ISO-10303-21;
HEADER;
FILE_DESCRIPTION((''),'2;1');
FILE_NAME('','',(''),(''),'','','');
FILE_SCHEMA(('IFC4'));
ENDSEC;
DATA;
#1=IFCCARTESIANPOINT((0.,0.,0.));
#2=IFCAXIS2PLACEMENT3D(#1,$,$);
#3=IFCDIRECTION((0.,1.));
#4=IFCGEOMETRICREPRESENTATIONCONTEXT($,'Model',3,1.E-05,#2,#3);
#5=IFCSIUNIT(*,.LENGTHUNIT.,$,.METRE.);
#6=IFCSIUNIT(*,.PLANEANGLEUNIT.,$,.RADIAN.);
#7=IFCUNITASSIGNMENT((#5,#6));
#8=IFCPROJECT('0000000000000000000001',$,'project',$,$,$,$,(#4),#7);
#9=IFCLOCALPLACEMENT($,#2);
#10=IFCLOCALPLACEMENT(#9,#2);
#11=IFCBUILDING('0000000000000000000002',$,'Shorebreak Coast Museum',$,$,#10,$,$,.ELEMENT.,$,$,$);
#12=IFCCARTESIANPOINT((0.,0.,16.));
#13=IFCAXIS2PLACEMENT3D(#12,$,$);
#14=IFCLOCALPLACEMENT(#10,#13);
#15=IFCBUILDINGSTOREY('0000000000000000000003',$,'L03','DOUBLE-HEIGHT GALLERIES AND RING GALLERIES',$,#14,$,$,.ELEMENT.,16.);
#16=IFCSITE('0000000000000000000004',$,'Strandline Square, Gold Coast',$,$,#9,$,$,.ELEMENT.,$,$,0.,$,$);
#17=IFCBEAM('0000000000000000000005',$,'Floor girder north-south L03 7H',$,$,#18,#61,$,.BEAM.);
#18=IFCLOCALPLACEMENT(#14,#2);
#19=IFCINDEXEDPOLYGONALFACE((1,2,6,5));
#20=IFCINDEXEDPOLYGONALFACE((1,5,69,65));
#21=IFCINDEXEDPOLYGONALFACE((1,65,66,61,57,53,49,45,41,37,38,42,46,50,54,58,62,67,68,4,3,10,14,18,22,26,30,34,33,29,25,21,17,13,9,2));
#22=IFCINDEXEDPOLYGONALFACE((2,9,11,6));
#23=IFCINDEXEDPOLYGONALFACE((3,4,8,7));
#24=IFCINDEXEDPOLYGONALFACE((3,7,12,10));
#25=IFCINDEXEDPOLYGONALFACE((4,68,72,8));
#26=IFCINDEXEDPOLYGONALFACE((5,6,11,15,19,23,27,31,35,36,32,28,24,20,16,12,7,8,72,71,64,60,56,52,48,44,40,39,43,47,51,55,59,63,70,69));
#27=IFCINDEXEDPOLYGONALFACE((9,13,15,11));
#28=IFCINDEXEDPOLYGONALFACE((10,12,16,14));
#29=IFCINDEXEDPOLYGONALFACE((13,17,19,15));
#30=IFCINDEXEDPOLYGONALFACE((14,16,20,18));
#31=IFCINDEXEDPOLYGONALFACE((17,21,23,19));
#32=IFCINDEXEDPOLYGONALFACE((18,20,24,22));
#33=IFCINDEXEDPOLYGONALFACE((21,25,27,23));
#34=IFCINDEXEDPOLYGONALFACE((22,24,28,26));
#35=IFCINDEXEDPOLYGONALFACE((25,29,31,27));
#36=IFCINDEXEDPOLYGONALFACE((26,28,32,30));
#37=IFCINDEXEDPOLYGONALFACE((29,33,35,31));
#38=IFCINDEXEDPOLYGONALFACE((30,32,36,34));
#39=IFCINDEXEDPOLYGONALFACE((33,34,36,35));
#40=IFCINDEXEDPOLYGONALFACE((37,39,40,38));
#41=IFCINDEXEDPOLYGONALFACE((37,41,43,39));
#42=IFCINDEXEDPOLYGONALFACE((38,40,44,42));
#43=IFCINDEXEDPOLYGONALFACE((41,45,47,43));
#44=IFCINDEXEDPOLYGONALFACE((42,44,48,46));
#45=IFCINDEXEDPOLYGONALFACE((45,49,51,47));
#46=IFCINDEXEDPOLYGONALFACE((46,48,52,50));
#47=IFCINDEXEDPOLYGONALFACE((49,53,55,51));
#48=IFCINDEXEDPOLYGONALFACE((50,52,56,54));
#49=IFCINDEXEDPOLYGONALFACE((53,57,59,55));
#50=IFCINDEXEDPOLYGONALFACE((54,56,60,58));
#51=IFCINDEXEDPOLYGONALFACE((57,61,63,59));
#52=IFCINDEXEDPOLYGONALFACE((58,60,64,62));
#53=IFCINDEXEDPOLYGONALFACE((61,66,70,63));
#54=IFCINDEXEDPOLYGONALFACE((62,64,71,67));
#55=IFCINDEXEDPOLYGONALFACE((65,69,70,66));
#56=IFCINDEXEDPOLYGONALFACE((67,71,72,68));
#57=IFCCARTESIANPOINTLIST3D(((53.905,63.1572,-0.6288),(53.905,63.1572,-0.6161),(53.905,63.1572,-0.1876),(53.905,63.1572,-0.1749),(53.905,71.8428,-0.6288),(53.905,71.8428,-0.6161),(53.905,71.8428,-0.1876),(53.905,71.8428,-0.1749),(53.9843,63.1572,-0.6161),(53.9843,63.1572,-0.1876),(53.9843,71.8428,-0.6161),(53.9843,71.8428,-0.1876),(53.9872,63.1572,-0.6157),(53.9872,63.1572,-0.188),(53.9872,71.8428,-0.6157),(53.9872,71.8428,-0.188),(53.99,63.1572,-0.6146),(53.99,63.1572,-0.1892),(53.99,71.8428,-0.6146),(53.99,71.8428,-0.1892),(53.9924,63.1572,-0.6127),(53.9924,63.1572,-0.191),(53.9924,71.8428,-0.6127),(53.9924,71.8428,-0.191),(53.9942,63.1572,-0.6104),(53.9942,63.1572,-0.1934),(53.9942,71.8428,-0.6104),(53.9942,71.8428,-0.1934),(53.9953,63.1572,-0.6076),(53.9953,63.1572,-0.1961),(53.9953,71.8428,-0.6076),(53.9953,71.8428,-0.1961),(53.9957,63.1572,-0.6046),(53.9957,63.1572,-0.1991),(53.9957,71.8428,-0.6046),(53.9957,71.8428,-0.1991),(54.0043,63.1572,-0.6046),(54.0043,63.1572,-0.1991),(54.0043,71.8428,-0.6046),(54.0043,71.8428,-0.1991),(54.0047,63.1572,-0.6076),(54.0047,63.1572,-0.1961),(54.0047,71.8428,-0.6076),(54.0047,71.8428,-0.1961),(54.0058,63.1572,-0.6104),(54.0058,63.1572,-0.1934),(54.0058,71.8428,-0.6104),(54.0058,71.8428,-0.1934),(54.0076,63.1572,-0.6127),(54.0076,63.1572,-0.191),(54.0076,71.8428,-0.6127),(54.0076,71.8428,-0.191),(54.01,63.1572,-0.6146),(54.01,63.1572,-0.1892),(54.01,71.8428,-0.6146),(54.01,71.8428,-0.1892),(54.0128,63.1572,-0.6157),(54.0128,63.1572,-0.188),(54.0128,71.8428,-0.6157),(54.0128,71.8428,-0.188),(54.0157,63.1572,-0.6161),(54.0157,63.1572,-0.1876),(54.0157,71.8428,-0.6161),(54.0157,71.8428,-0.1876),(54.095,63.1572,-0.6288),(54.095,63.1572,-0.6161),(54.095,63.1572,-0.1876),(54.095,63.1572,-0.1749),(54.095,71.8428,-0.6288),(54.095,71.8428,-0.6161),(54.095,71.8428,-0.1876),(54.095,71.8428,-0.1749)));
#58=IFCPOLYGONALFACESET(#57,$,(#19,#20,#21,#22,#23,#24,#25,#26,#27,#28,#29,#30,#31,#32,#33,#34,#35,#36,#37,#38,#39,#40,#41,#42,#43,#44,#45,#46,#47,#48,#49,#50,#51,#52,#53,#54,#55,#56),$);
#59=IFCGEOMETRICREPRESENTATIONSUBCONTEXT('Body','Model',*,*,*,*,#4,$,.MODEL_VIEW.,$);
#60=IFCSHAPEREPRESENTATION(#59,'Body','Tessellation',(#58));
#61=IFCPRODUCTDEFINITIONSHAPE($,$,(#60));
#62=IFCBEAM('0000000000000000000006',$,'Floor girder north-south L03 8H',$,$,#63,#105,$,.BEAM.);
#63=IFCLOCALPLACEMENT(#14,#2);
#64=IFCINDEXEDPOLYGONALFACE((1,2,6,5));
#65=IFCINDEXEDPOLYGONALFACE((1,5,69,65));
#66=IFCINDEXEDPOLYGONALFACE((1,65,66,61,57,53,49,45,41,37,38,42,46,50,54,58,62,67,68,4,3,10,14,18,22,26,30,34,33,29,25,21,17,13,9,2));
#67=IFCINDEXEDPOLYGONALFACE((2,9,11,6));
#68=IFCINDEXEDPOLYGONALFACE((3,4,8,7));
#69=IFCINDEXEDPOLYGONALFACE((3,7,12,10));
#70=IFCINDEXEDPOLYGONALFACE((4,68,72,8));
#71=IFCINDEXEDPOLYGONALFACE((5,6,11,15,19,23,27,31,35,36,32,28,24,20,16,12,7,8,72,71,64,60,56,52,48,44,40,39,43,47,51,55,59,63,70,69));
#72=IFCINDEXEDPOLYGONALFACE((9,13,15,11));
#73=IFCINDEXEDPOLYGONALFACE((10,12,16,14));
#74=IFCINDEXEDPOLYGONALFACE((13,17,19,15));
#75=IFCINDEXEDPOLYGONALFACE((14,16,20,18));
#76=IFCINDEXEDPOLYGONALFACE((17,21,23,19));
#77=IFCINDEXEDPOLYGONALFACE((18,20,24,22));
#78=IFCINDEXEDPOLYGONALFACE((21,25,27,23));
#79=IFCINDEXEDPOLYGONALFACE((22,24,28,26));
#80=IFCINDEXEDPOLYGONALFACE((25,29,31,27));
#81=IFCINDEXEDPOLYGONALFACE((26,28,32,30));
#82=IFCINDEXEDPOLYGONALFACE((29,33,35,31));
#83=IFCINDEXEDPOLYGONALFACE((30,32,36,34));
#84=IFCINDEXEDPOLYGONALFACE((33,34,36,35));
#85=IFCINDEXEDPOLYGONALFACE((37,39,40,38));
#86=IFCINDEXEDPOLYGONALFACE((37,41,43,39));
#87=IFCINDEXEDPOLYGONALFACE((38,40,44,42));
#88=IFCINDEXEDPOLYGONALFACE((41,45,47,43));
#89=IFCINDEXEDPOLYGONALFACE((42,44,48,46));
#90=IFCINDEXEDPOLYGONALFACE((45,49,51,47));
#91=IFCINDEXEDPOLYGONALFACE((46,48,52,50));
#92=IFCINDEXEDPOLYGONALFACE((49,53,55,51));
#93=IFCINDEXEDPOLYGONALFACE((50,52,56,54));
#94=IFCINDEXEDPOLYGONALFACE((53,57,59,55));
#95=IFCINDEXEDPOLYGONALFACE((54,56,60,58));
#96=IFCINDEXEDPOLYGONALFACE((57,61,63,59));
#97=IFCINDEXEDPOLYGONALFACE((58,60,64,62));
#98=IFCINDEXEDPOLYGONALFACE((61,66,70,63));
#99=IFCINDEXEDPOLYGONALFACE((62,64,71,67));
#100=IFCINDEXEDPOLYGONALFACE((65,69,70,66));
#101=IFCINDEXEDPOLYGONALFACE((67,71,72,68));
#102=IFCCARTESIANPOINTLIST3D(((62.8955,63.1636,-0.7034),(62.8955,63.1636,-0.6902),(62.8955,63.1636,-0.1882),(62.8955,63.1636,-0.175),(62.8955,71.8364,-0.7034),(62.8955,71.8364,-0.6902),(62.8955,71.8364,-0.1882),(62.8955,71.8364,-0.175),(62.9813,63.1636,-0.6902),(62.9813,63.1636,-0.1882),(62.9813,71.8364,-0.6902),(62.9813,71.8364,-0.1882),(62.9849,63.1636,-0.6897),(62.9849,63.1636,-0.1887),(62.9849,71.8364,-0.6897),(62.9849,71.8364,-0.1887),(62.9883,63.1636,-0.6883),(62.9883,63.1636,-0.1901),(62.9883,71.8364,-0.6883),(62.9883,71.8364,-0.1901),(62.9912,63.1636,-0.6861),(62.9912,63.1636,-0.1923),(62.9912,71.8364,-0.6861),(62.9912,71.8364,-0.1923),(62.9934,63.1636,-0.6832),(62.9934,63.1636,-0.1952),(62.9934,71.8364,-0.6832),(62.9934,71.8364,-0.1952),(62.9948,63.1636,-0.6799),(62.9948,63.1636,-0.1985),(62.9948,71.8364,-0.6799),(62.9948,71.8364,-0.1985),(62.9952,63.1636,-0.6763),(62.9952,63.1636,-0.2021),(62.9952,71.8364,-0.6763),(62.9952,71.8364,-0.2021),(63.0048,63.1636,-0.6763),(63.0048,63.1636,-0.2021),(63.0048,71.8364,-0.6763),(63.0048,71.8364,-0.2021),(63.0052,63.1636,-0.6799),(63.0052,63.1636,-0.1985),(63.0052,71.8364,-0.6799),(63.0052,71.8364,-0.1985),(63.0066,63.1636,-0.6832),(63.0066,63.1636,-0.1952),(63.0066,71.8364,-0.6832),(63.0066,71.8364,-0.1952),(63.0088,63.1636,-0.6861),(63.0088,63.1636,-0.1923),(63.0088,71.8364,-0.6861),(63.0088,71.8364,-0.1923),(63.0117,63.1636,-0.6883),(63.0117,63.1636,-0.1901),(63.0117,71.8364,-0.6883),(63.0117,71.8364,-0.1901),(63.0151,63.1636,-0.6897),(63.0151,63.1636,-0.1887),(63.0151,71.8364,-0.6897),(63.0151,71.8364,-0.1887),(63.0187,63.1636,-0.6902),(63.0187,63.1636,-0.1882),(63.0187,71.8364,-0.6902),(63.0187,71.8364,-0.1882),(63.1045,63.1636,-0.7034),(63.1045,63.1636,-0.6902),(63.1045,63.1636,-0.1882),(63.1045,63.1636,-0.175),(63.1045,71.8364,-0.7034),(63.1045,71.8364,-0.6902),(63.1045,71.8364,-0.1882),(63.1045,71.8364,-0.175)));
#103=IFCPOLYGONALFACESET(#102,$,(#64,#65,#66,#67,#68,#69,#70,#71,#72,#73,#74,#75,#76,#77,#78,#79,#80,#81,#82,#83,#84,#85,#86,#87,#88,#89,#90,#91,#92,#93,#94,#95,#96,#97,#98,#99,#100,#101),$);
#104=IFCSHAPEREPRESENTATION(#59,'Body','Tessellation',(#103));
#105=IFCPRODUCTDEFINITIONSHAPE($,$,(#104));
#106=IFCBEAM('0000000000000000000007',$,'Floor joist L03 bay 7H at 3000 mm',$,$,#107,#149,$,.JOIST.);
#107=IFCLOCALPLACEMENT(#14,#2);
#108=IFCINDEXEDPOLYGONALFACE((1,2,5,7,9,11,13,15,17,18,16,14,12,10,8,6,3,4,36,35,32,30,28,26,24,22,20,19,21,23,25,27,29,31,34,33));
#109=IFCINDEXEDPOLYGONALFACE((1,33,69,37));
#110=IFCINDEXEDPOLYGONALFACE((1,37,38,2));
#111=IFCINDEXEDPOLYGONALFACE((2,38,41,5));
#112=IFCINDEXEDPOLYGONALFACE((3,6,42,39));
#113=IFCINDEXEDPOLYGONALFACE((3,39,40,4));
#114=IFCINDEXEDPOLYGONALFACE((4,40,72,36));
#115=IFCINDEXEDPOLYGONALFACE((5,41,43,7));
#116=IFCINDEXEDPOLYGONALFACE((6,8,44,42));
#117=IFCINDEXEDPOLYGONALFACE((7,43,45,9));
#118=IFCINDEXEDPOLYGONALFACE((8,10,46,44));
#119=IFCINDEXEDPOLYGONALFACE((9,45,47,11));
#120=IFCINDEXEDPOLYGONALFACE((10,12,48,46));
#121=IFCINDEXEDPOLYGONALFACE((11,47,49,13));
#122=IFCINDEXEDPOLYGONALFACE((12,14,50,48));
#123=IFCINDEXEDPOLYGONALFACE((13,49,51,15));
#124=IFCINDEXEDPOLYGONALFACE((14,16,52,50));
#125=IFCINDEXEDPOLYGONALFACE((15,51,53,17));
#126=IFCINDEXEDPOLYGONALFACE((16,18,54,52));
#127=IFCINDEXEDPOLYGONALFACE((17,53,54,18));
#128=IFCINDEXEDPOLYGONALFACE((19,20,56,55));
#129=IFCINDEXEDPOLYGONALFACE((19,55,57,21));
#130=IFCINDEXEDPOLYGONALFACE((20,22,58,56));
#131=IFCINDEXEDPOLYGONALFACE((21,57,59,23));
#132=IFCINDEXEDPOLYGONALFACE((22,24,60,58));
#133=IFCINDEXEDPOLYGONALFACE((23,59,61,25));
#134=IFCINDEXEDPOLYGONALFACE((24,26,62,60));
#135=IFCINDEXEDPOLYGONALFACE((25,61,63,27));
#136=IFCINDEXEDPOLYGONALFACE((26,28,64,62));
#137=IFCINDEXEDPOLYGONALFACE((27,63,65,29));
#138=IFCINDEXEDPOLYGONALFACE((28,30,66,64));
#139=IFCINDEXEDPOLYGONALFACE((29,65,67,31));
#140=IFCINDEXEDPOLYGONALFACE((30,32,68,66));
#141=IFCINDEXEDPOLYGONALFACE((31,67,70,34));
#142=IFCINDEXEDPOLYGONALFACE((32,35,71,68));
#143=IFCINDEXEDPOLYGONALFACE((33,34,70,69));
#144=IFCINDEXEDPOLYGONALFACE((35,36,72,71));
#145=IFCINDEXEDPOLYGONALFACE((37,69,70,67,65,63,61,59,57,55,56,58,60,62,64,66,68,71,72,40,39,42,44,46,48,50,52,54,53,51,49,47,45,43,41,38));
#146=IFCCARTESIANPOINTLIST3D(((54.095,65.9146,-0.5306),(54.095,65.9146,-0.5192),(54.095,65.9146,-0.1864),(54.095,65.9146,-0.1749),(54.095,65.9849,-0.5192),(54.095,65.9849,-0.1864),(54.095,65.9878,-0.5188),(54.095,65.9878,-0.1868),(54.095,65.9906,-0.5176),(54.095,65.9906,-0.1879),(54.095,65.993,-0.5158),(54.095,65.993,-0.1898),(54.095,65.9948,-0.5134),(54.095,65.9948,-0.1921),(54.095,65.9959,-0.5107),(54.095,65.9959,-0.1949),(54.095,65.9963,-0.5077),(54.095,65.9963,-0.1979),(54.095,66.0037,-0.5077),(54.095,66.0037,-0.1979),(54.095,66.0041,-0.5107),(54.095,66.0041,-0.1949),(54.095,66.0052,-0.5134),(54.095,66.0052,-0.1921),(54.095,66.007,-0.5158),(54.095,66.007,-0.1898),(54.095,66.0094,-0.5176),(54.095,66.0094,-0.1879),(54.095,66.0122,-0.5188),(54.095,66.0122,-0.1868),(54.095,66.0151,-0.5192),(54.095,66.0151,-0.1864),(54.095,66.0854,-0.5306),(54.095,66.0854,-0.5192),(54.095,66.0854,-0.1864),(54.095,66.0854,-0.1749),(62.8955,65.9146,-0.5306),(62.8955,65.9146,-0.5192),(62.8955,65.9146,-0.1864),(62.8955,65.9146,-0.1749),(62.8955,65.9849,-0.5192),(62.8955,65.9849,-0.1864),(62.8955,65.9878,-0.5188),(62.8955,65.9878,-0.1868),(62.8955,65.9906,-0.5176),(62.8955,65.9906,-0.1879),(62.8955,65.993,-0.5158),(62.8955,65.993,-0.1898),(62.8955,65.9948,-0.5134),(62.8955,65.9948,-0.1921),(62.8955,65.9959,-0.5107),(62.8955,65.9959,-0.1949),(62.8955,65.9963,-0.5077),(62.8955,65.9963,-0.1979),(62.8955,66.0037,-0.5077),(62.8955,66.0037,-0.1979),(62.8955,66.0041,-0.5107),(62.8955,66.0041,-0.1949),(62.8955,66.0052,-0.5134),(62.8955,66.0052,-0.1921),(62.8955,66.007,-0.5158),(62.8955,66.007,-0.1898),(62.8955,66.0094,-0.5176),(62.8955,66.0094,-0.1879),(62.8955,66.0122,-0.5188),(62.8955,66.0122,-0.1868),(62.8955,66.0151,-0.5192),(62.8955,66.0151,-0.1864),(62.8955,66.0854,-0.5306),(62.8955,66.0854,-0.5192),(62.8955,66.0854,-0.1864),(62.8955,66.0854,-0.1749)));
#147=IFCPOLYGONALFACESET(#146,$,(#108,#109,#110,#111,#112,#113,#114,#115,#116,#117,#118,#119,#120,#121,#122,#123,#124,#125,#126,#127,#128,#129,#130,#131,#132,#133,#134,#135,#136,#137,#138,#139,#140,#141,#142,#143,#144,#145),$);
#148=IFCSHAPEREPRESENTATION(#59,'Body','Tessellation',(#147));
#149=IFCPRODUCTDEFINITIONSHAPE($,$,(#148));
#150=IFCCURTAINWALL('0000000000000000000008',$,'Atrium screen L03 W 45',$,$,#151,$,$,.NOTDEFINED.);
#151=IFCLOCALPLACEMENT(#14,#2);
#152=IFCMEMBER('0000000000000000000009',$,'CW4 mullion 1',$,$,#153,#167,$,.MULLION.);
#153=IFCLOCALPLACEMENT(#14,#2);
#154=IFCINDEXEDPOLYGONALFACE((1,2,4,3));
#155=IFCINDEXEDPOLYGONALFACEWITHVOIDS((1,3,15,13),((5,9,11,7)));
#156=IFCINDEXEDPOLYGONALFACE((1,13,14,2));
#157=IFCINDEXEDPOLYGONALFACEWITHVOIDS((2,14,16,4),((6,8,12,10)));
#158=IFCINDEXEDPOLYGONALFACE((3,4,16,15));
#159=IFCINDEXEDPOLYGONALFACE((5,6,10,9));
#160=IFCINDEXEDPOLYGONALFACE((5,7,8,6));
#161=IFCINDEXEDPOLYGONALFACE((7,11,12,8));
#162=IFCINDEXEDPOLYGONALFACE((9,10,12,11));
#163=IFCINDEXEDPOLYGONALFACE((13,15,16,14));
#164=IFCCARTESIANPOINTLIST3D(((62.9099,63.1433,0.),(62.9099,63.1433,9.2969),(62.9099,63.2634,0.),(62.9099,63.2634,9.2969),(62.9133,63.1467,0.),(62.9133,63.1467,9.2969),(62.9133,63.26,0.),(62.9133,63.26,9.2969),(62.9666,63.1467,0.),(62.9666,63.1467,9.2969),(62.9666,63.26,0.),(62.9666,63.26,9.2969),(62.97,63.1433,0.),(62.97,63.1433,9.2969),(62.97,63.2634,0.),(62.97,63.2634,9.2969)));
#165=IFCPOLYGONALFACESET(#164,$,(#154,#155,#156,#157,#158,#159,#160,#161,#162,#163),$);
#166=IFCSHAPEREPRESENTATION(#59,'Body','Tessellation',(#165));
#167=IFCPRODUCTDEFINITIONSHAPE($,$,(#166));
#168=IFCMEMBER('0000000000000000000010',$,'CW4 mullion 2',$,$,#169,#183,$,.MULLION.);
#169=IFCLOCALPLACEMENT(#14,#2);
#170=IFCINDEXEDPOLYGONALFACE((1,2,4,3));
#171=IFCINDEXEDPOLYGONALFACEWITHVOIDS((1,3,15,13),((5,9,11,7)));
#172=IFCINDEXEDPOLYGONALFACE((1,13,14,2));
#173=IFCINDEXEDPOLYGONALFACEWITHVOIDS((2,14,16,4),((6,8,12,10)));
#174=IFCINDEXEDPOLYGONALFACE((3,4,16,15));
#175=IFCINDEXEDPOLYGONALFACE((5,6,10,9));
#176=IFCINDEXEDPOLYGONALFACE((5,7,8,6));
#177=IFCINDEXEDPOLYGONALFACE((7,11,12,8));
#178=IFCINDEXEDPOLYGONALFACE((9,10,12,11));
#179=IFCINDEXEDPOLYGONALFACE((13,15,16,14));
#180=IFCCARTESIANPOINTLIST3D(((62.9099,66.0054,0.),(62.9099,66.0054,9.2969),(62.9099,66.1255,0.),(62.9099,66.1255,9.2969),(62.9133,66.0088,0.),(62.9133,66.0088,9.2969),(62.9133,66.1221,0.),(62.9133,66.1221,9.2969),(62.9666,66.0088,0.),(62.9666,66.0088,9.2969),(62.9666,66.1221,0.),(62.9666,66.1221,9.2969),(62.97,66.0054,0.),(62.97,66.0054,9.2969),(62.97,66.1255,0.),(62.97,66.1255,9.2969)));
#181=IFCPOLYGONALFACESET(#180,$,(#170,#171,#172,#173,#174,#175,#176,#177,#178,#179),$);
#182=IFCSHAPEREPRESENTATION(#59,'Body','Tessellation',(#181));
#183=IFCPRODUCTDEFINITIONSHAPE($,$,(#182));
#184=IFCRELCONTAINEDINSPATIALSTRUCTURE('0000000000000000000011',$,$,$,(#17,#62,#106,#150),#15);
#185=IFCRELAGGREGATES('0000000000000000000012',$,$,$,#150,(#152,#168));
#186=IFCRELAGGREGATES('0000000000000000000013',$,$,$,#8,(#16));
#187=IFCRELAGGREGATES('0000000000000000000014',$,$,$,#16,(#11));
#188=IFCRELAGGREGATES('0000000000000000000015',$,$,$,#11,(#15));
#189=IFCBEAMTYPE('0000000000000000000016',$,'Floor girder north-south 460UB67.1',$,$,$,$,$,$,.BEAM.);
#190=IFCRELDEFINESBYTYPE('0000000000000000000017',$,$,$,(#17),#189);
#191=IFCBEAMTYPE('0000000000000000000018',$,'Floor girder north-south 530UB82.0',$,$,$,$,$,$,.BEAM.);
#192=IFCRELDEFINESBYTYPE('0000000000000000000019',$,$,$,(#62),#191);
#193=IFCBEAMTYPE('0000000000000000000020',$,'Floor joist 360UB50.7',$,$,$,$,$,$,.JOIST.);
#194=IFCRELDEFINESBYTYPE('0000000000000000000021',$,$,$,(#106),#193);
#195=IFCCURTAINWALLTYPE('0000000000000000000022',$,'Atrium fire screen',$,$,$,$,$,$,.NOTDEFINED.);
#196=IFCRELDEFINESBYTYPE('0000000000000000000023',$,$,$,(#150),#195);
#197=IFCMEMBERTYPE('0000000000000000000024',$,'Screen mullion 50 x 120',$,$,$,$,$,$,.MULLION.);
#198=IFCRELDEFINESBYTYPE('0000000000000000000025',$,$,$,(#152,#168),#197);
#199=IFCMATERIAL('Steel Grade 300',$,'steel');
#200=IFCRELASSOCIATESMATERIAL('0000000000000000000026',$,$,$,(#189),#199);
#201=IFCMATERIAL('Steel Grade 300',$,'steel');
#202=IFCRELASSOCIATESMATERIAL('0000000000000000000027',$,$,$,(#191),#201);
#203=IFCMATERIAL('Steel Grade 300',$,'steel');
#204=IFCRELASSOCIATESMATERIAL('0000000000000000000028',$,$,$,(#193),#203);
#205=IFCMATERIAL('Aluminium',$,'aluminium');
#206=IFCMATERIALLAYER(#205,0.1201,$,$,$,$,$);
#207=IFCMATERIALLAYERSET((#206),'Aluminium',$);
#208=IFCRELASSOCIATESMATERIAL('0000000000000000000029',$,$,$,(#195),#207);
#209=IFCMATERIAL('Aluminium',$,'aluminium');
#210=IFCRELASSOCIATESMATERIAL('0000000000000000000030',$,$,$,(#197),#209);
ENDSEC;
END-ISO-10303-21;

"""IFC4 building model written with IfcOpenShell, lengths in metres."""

from ifc_helpers import new_model, si_unit, direction, frame, origin, origin_2d, place, context, subcontext, project, spatial, hollow_rectangle, i_section, extrude, material, layer, layer_set, material_profile, profile_set, type_object, element, aggregate, save


model = new_model("IFC4")

# Units and contexts
model_context = context("Model", 3, precision=1e-05, world=origin(), true_north=direction((0.0, 1.0)))
body_context = subcontext(model_context, "Body", "Model", "MODEL_VIEW")
ifc_project = project(units=[si_unit("LENGTHUNIT", "METRE"), si_unit("PLANEANGLEUNIT", "RADIAN")], contexts=[model_context])

# Site, building, storey
site_placement = place(None, origin())
site = spatial("IfcSite", under=ifc_project, at=site_placement, Name="Strandline Square, Gold Coast", CompositionType="ELEMENT", RefElevation=0.0)
building_placement = place(site_placement, origin())
building = spatial("IfcBuilding", under=site, at=building_placement, Name="Shorebreak Coast Museum", CompositionType="ELEMENT")
storey_placement = place(building_placement, frame((0.0, 0.0, 16.0)))
storey = spatial("IfcBuildingStorey", under=building, at=storey_placement, Name="L03", Description="DOUBLE-HEIGHT GALLERIES AND RING GALLERIES", CompositionType="ELEMENT", Elevation=16.0)

# Beams
ifc_material_1 = material(Name="Steel Grade 300", Category="steel")
ifc_material_profile_1 = material_profile(ifc_material_1, i_section(OverallWidth=0.1899, OverallDepth=0.4539, WebThickness=0.0085, FlangeThickness=0.0127, FilletRadius=0.0115, at=origin_2d()), Name="460UB67.1")
ifc_profile_set_1 = profile_set([ifc_material_profile_1], Name="Steel Grade 300")
beam_type_1 = type_object("IfcBeamType", Name="Floor girder north-south 460UB67.1", PredefinedType="BEAM", material=ifc_profile_set_1)
beam_1_placement = place(storey_placement, frame((54.0, 63.1572, -0.4019), z_axis=(0.0, 1.0, 0.0), x_axis=(-1.0, 0.0, 0.0)))
element("IfcBeam", 1, at=beam_1_placement, inside=storey, type_object=beam_type_1, Name="Floor girder north-south L03 7H", PredefinedType="BEAM", context=body_context, shape_type="SweptSolid", body=[
    extrude(i_section(OverallWidth=0.1899, OverallDepth=0.4539, WebThickness=0.0085, FlangeThickness=0.0127, FilletRadius=0.0115, at=origin_2d()), origin(), (0.0, 0.0, 1.0), 8.6855),
])
ifc_material_2 = material(Name="Steel Grade 300", Category="steel")
ifc_material_profile_2 = material_profile(ifc_material_2, i_section(OverallWidth=0.209, OverallDepth=0.5283, WebThickness=0.0095, FlangeThickness=0.0132, FilletRadius=0.0139, at=origin_2d()), Name="530UB82.0")
ifc_profile_set_2 = profile_set([ifc_material_profile_2], Name="Steel Grade 300")
beam_type_2 = type_object("IfcBeamType", Name="Floor girder north-south 530UB82.0", PredefinedType="BEAM", material=ifc_profile_set_2)
beam_2_placement = place(storey_placement, frame((63.0, 63.1636, -0.4392), z_axis=(0.0, 1.0, 0.0), x_axis=(-1.0, 0.0, 0.0)))
element("IfcBeam", 2, at=beam_2_placement, inside=storey, type_object=beam_type_2, Name="Floor girder north-south L03 8H", PredefinedType="BEAM", context=body_context, shape_type="SweptSolid", body=[
    extrude(i_section(OverallWidth=0.209, OverallDepth=0.5283, WebThickness=0.0095, FlangeThickness=0.0132, FilletRadius=0.0139, at=origin_2d()), origin(), (0.0, 0.0, 1.0), 8.6729),
])
ifc_material_3 = material(Name="Steel Grade 300", Category="steel")
ifc_material_profile_3 = material_profile(ifc_material_3, i_section(OverallWidth=0.1709, OverallDepth=0.3557, WebThickness=0.0073, FlangeThickness=0.0115, FilletRadius=0.0115, at=origin_2d()), Name="360UB50.7")
ifc_profile_set_3 = profile_set([ifc_material_profile_3], Name="Steel Grade 300")
beam_type_3 = type_object("IfcBeamType", Name="Floor joist 360UB50.7", PredefinedType="JOIST", material=ifc_profile_set_3)
beam_3_placement = place(storey_placement, frame((54.095, 66.0, -0.3528), z_axis=(1.0, 0.0, 0.0), x_axis=(0.0, 1.0, 0.0)))
element("IfcBeam", 3, at=beam_3_placement, inside=storey, type_object=beam_type_3, Name="Floor joist L03 bay 7H at 3000 mm", PredefinedType="JOIST", context=body_context, shape_type="SweptSolid", body=[
    extrude(i_section(OverallWidth=0.1709, OverallDepth=0.3557, WebThickness=0.0073, FlangeThickness=0.0115, FilletRadius=0.0115, at=origin_2d()), origin(), (0.0, 0.0, 1.0), 8.8005),
])

# Curtain wall, members
ifc_material_4 = material(Name="Aluminium", Category="aluminium")
ifc_layer_1 = layer(ifc_material_4, 0.1201)
ifc_layer_set_1 = layer_set([ifc_layer_1], Name="Aluminium")
curtain_wall_type = type_object("IfcCurtainWallType", Name="Atrium fire screen", PredefinedType="NOTDEFINED", material=ifc_layer_set_1)
curtain_wall_placement = place(storey_placement, origin())
curtain_wall = element("IfcCurtainWall", 4, at=curtain_wall_placement, inside=storey, type_object=curtain_wall_type, Name="Atrium screen L03 W 45", PredefinedType="NOTDEFINED")
ifc_material_5 = material(Name="Aluminium", Category="aluminium")
ifc_material_profile_4 = material_profile(ifc_material_5, hollow_rectangle(XDim=0.0601, YDim=0.1201, WallThickness=0.0034, at=origin_2d()), Name="AL 120x60 RHS")
ifc_profile_set_4 = profile_set([ifc_material_profile_4], Name="Aluminium")
member_type_1 = type_object("IfcMemberType", Name="Screen mullion 50 x 120", PredefinedType="MULLION", material=ifc_profile_set_4)
member_1_placement = place(storey_placement, frame((62.9399, 63.2034, 0.0), z_axis=(0.0, 0.0, 1.0), x_axis=(-1.0, 0.0, 0.0)))
member_1 = element("IfcMember", 5, at=member_1_placement, type_object=member_type_1, Name="CW4 mullion 1", PredefinedType="MULLION", context=body_context, shape_type="SweptSolid", body=[
    extrude(hollow_rectangle(XDim=0.0601, YDim=0.1201, WallThickness=0.0034, at=origin_2d()), origin(), (0.0, 0.0, 1.0), 9.2969),
])
member_2_placement = place(storey_placement, frame((62.9399, 66.0654, 0.0), z_axis=(0.0, 0.0, 1.0), x_axis=(-1.0, 0.0, 0.0)))
member_2 = element("IfcMember", 6, at=member_2_placement, type_object=member_type_1, Name="CW4 mullion 2", PredefinedType="MULLION", context=body_context, shape_type="SweptSolid", body=[
    extrude(hollow_rectangle(XDim=0.0601, YDim=0.1201, WallThickness=0.0034, at=origin_2d()), origin(), (0.0, 0.0, 1.0), 9.2969),
])
aggregate(curtain_wall, [member_1, member_2])

save(model, "model.ifc")
